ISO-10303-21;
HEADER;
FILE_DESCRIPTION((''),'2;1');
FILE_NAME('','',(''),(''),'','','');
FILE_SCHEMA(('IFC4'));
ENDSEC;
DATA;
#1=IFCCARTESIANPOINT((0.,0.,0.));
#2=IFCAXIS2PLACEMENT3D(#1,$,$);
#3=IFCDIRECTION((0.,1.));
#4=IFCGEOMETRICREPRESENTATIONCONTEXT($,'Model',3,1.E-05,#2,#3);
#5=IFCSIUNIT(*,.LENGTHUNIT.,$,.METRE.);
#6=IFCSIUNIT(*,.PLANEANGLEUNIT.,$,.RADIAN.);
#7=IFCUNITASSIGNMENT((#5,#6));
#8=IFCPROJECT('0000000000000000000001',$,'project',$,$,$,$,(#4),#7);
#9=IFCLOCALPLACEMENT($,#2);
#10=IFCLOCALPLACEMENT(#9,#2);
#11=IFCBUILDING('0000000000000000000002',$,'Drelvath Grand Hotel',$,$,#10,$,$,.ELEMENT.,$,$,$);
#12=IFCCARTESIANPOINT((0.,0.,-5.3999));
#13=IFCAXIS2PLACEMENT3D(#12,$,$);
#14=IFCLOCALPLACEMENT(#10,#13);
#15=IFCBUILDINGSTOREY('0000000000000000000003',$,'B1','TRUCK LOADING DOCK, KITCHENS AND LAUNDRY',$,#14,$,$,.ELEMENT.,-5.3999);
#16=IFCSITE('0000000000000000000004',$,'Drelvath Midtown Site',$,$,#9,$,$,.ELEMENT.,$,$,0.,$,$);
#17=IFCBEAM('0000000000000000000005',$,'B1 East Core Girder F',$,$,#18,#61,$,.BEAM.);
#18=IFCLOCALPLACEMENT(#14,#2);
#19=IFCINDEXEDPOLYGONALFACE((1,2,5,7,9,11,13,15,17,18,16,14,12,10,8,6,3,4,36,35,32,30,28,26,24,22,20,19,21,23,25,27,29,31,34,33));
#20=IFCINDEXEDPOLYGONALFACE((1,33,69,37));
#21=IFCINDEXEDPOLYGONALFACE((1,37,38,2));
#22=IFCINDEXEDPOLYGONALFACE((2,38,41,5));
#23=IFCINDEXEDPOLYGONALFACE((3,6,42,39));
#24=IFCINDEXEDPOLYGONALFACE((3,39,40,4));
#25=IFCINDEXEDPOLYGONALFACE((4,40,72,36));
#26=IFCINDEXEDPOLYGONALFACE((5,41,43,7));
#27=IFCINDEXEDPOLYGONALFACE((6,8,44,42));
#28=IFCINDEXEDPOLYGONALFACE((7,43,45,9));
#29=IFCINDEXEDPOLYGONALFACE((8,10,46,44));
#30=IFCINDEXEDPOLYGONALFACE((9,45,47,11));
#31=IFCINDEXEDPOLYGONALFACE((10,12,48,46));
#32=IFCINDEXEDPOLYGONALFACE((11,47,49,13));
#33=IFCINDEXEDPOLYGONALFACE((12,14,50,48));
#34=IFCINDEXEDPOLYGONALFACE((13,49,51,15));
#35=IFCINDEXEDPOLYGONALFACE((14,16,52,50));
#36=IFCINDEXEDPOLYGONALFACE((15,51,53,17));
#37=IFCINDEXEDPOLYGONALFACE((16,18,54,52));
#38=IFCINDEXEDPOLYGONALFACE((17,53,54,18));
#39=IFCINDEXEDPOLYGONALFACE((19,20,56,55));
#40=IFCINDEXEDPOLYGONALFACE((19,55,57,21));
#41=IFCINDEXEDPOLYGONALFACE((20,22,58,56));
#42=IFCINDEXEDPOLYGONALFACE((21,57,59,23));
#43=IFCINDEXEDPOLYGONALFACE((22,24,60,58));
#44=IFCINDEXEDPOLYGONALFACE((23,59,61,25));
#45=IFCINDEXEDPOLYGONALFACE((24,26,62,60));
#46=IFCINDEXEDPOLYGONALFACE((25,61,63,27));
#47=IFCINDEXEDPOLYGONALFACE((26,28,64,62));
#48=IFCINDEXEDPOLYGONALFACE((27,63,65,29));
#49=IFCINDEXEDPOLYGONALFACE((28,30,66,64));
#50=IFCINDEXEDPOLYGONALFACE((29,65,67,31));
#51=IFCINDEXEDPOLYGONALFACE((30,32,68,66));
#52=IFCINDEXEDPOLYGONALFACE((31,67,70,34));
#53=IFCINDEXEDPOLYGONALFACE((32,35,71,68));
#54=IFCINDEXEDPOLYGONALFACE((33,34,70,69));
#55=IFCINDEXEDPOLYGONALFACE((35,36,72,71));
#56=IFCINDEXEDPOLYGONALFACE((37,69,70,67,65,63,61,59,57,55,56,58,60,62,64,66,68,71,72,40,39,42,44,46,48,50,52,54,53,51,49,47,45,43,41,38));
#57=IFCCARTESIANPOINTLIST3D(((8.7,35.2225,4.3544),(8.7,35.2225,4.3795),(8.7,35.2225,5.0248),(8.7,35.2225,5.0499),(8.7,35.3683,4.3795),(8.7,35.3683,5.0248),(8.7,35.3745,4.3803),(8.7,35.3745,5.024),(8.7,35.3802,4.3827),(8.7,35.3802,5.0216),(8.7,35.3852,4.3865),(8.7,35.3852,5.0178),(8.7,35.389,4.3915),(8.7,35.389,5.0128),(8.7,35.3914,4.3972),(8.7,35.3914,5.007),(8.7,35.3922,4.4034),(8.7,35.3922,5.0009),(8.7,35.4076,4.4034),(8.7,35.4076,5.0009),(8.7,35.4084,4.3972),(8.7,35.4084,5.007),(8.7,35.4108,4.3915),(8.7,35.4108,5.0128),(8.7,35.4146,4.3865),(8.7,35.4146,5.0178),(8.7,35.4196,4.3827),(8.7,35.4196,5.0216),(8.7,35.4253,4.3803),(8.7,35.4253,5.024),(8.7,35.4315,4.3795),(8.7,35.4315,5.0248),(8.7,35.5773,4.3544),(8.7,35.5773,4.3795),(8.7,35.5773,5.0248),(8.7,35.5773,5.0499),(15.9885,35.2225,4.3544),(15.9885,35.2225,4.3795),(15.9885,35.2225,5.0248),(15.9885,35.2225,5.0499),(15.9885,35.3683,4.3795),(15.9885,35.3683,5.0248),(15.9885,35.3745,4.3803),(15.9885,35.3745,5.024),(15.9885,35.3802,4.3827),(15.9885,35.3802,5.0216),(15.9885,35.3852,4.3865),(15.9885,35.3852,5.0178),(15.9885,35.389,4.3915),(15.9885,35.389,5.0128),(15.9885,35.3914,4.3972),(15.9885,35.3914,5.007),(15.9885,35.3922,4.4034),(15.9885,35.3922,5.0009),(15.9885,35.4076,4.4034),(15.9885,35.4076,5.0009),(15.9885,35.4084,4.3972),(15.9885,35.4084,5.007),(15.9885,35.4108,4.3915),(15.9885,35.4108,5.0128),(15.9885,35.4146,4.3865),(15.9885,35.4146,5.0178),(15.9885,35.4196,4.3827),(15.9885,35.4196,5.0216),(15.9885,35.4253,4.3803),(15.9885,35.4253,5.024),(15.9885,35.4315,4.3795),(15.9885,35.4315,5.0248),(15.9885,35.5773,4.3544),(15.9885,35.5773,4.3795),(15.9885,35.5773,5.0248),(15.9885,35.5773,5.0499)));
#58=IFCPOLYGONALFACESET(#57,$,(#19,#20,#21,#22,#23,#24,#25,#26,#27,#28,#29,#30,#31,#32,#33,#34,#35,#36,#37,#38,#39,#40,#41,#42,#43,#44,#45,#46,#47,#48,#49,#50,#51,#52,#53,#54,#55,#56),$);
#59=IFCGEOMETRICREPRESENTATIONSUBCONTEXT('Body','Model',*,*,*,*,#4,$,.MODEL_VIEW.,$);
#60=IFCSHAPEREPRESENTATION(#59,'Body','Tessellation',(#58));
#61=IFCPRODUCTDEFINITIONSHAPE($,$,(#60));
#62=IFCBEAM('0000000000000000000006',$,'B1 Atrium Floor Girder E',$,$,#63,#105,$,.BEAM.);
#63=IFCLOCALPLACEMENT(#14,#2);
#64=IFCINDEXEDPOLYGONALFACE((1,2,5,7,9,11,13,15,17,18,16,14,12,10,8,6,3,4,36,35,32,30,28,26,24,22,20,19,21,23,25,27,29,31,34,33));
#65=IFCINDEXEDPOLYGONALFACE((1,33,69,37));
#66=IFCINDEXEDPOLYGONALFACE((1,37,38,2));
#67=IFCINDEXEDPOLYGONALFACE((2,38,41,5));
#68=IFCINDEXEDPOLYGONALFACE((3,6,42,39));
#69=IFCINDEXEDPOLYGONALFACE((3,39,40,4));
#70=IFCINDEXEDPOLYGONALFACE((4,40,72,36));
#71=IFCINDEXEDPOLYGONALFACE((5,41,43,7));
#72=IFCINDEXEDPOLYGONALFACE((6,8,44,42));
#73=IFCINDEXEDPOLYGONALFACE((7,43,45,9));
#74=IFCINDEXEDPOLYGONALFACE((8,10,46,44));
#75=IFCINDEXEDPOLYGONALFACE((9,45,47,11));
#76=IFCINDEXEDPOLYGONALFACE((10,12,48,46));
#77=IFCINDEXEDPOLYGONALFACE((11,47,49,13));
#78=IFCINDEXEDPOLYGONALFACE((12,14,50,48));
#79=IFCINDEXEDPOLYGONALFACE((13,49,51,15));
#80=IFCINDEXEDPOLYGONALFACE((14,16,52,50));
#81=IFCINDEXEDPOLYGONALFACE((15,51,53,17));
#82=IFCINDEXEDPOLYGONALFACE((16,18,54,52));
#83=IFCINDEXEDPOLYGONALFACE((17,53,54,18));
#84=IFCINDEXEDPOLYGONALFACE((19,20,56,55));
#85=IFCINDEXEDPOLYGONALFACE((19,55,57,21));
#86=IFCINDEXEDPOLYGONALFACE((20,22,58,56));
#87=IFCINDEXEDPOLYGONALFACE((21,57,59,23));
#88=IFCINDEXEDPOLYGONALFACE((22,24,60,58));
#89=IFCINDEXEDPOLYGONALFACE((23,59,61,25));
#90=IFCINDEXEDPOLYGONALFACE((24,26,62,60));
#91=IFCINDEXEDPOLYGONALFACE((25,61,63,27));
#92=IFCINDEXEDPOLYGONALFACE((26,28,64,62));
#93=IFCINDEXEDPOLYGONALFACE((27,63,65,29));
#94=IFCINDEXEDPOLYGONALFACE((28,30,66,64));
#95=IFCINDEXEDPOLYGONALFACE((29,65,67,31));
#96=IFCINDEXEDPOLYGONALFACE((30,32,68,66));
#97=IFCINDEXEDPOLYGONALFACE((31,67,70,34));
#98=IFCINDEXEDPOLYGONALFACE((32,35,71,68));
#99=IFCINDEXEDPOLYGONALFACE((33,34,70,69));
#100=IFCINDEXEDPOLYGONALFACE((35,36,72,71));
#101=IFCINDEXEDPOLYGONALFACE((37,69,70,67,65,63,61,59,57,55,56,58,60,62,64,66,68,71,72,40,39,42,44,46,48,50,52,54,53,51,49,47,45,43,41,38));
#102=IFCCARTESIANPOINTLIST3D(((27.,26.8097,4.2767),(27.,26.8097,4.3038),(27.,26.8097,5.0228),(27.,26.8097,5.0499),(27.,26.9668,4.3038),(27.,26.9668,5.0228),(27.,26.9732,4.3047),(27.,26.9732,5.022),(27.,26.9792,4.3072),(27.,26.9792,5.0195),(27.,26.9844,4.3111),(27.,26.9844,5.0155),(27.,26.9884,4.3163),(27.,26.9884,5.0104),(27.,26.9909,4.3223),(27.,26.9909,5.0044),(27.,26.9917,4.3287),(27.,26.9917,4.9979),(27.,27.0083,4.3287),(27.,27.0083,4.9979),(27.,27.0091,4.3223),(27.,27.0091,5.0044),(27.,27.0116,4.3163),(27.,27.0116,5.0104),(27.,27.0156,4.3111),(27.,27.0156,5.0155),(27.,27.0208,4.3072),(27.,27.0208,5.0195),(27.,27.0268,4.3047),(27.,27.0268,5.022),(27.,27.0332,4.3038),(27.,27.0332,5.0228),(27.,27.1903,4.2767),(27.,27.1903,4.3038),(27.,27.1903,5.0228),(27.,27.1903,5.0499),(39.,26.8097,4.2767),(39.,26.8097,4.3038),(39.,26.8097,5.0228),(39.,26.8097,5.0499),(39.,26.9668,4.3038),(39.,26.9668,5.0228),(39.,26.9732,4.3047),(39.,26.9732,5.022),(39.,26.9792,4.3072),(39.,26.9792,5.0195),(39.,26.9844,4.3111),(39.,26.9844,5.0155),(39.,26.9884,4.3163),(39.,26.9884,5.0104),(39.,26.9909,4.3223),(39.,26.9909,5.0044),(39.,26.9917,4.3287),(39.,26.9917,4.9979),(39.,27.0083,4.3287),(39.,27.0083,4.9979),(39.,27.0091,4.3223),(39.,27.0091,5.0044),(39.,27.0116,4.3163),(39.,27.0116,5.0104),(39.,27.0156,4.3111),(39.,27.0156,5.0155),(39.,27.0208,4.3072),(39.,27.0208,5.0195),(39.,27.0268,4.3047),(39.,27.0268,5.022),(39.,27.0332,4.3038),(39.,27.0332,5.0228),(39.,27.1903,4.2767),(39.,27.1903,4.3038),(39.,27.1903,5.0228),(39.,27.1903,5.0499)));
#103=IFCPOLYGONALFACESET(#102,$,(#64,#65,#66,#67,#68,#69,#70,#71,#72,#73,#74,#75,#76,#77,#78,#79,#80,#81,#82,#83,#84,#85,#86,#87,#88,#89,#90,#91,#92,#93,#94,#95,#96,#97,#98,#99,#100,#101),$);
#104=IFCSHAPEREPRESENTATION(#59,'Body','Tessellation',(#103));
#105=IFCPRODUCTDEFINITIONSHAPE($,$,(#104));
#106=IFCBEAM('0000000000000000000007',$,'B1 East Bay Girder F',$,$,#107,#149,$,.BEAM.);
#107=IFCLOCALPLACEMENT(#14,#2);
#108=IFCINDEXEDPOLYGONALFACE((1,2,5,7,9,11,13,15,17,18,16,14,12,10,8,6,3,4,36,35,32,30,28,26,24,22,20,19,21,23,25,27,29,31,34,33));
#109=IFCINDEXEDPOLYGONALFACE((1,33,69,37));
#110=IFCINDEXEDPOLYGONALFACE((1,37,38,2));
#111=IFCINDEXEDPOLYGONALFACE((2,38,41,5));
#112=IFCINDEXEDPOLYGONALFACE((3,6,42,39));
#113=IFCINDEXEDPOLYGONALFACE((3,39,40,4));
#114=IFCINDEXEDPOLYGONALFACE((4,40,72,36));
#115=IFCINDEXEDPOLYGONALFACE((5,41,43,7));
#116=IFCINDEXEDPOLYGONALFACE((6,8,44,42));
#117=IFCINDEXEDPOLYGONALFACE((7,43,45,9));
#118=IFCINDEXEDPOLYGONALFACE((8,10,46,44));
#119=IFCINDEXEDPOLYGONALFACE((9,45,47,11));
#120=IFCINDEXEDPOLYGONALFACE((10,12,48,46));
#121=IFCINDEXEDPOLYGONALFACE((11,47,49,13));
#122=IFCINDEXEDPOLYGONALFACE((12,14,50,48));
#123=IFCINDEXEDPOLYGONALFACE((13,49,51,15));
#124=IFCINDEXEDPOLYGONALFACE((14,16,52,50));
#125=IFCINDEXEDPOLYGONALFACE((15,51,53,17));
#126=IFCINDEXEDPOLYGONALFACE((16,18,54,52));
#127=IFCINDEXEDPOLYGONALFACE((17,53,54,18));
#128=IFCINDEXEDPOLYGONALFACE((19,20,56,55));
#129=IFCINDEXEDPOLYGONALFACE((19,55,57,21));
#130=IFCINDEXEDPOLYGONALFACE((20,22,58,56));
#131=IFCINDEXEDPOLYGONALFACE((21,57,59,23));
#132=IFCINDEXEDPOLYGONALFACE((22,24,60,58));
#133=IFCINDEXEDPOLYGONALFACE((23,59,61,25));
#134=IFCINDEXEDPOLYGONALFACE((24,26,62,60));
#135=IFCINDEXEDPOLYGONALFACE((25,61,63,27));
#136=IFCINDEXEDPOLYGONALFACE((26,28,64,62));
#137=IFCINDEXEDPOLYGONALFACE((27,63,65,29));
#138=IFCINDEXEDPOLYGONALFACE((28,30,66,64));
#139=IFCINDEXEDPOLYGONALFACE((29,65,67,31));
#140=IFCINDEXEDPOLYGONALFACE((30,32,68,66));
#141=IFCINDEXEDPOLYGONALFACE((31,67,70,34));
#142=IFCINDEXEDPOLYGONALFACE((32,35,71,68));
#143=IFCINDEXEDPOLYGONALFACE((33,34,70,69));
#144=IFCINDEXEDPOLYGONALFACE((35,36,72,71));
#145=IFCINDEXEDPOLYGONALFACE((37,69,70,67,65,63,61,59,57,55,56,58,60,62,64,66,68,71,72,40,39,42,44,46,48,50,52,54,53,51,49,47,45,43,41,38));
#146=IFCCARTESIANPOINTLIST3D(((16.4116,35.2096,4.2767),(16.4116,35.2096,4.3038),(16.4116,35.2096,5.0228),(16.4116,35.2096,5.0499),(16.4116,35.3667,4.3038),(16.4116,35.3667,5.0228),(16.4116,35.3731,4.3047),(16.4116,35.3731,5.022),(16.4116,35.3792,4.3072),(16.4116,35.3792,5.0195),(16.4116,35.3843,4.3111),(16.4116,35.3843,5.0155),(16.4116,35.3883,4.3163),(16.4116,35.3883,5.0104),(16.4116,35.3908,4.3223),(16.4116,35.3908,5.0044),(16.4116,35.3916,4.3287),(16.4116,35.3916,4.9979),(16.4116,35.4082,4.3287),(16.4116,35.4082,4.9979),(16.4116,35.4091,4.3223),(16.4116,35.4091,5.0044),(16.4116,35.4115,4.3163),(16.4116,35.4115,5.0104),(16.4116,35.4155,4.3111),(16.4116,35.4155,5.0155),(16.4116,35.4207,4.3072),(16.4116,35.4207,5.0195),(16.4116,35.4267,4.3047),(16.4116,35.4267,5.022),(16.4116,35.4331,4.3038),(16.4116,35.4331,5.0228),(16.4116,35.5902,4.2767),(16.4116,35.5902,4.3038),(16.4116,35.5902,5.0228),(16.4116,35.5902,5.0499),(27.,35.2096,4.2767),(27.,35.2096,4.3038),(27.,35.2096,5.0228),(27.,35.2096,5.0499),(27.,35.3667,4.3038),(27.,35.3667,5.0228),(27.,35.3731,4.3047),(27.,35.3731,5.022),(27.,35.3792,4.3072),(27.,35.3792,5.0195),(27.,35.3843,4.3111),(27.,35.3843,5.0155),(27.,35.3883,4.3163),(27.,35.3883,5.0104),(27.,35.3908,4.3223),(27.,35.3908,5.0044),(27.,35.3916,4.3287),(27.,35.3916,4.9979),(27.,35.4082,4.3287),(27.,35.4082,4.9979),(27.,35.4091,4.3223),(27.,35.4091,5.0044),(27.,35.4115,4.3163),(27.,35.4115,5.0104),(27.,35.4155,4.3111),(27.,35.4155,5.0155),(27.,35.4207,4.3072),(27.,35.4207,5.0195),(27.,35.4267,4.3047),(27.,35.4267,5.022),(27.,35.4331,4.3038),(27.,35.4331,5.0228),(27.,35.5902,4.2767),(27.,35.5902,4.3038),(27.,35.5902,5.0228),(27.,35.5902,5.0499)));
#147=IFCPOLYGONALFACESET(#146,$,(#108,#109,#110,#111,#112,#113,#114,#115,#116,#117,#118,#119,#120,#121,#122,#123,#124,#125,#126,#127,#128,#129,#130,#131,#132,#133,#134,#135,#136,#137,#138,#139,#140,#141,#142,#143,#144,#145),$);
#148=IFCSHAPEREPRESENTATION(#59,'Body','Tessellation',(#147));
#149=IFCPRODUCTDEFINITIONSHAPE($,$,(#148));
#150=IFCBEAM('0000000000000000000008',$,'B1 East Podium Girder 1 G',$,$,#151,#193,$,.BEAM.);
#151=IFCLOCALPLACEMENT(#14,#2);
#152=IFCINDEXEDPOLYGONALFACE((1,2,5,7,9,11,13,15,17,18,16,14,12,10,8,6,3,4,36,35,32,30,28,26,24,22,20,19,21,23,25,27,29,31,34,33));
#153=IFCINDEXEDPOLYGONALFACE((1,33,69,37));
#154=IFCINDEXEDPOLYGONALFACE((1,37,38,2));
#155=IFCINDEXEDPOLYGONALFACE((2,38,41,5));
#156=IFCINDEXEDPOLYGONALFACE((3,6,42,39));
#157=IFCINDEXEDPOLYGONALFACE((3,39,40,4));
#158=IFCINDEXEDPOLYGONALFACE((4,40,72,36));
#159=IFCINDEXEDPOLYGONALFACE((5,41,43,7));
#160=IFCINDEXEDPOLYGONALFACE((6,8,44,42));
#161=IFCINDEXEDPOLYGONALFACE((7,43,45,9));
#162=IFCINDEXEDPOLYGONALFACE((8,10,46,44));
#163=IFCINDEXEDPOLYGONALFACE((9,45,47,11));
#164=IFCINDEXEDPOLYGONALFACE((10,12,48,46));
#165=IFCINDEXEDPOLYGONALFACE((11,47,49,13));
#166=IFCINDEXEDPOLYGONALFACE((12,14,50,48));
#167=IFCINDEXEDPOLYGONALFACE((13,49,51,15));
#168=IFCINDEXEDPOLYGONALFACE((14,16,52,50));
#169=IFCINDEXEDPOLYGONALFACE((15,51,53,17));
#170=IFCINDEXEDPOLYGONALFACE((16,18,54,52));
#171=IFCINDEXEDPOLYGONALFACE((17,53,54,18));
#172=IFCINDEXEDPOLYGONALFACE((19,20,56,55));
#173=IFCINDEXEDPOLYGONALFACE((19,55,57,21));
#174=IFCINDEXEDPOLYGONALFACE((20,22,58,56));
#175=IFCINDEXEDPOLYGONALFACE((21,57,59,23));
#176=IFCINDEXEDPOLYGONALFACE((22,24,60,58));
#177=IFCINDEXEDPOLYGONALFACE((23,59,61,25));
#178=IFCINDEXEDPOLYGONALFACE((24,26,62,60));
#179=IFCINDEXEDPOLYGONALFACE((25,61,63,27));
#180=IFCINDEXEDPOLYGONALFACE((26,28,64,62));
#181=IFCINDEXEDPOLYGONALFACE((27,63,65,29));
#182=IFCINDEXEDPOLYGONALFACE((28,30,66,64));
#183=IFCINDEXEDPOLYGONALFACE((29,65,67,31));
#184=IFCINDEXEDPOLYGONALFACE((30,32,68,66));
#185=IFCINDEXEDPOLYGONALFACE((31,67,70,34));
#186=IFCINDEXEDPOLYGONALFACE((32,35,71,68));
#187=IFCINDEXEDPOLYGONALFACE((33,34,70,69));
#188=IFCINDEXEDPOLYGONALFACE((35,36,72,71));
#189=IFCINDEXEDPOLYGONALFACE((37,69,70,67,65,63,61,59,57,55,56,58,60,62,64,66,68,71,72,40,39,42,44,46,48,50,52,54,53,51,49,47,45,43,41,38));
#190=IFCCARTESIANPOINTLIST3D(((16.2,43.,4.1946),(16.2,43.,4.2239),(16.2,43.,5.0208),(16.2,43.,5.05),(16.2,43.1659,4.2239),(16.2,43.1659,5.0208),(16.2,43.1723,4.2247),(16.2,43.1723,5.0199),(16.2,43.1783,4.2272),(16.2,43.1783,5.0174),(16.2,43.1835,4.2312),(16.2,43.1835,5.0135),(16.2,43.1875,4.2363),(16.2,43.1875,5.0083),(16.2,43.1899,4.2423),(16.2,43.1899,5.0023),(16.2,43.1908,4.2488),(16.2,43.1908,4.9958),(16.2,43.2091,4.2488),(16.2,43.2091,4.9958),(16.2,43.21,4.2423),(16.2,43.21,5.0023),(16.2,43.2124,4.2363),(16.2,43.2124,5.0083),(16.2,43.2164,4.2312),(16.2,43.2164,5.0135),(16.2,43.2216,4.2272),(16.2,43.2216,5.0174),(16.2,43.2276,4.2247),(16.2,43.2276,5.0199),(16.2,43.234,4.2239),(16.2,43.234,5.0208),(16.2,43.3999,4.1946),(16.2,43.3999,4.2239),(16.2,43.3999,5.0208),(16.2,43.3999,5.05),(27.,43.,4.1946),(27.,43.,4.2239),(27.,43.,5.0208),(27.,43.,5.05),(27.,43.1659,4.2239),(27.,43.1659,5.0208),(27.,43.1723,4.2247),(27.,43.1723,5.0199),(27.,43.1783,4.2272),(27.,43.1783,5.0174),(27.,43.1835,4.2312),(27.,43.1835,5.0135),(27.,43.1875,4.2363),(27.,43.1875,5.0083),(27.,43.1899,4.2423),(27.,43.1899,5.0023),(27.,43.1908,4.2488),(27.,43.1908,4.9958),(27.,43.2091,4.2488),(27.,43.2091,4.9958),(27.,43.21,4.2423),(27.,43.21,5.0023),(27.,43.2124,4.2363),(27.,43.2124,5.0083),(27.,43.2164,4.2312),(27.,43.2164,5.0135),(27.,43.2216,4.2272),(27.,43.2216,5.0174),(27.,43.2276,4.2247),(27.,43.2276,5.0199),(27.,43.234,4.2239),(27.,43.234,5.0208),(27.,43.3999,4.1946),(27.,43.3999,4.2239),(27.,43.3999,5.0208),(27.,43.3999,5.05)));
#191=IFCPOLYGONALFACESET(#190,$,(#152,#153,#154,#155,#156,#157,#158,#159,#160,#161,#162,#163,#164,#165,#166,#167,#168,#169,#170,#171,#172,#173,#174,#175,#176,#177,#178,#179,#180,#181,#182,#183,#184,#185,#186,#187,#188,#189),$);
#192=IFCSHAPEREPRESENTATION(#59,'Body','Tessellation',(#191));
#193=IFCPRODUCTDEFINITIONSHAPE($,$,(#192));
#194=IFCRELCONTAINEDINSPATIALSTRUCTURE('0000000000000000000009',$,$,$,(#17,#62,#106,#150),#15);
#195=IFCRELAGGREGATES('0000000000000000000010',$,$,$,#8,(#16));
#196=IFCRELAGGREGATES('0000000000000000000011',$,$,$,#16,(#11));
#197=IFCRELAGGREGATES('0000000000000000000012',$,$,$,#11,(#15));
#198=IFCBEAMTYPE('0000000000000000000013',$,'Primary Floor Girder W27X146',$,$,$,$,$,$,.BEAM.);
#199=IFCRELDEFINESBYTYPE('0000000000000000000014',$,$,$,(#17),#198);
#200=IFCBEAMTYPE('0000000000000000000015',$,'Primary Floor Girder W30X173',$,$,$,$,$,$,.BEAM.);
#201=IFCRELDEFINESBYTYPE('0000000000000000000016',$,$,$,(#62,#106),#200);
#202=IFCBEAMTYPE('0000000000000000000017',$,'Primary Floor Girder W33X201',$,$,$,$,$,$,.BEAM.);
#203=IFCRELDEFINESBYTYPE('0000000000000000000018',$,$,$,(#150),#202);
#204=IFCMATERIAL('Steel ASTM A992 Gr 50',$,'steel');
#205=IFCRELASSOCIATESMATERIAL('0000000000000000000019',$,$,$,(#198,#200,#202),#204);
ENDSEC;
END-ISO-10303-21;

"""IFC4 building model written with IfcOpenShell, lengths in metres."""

from ifc_helpers import new_model, si_unit, direction, frame, origin, origin_2d, place, context, subcontext, project, spatial, i_section, extrude, material, material_profile, profile_set, type_object, element, save


model = new_model("IFC4")

# Units and contexts
model_context = context("Model", 3, precision=1e-05, world=origin(), true_north=direction((0.0, 1.0)))
body_context = subcontext(model_context, "Body", "Model", "MODEL_VIEW")
ifc_project = project(units=[si_unit("LENGTHUNIT", "METRE"), si_unit("PLANEANGLEUNIT", "RADIAN")], contexts=[model_context])

# Site, building, storey
site_placement = place(None, origin())
site = spatial("IfcSite", under=ifc_project, at=site_placement, Name="Drelvath Midtown Site", CompositionType="ELEMENT", RefElevation=0.0)
building_placement = place(site_placement, origin())
building = spatial("IfcBuilding", under=site, at=building_placement, Name="Drelvath Grand Hotel", CompositionType="ELEMENT")
storey_placement = place(building_placement, frame((0.0, 0.0, -5.3999)))
storey = spatial("IfcBuildingStorey", under=building, at=storey_placement, Name="B1", Description="TRUCK LOADING DOCK, KITCHENS AND LAUNDRY", CompositionType="ELEMENT", Elevation=-5.3999)

# Beams
ifc_material_1 = material(Name="Steel ASTM A992 Gr 50", Category="steel")
ifc_material_profile_1 = material_profile(ifc_material_1, i_section(OverallWidth=0.3547, OverallDepth=0.6956, WebThickness=0.0154, FlangeThickness=0.0251, FilletRadius=0.0239, at=origin_2d()), Name="W27X146")
ifc_profile_set_1 = profile_set([ifc_material_profile_1], Name="Steel ASTM A992 Gr 50")
beam_type_1 = type_object("IfcBeamType", Name="Primary Floor Girder W27X146", PredefinedType="BEAM", material=ifc_profile_set_1)
beam_1_placement = place(storey_placement, frame((8.7, 35.3999, 4.7021), z_axis=(1.0, 0.0, 0.0), x_axis=(0.0, 1.0, 0.0)))
element("IfcBeam", 1, at=beam_1_placement, inside=storey, type_object=beam_type_1, Name="B1 East Core Girder F", PredefinedType="BEAM", context=body_context, shape_type="SweptSolid", body=[
    extrude(i_section(OverallWidth=0.3547, OverallDepth=0.6956, WebThickness=0.0154, FlangeThickness=0.0251, FilletRadius=0.0239, at=origin_2d()), origin(), (0.0, 0.0, 1.0), 7.2886),
])
ifc_material_profile_2 = material_profile(ifc_material_1, i_section(OverallWidth=0.3806, OverallDepth=0.7732, WebThickness=0.0166, FlangeThickness=0.0271, FilletRadius=0.0249, at=origin_2d()), Name="W30X173")
ifc_profile_set_2 = profile_set([ifc_material_profile_2], Name="Steel ASTM A992 Gr 50")
beam_type_2 = type_object("IfcBeamType", Name="Primary Floor Girder W30X173", PredefinedType="BEAM", material=ifc_profile_set_2)
beam_2_placement = place(storey_placement, frame((27.0, 27.0, 4.6633), z_axis=(1.0, 0.0, 0.0), x_axis=(0.0, 1.0, 0.0)))
element("IfcBeam", 2, at=beam_2_placement, inside=storey, type_object=beam_type_2, Name="B1 Atrium Floor Girder E", PredefinedType="BEAM", context=body_context, shape_type="SweptSolid", body=[
    extrude(i_section(OverallWidth=0.3806, OverallDepth=0.7732, WebThickness=0.0166, FlangeThickness=0.0271, FilletRadius=0.0249, at=origin_2d()), origin(), (0.0, 0.0, 1.0), 12.0),
])
beam_3_placement = place(storey_placement, frame((16.4116, 35.3999, 4.6633), z_axis=(1.0, 0.0, 0.0), x_axis=(0.0, 1.0, 0.0)))
element("IfcBeam", 3, at=beam_3_placement, inside=storey, type_object=beam_type_2, Name="B1 East Bay Girder F", PredefinedType="BEAM", context=body_context, shape_type="SweptSolid", body=[
    extrude(i_section(OverallWidth=0.3806, OverallDepth=0.7732, WebThickness=0.0166, FlangeThickness=0.0271, FilletRadius=0.0249, at=origin_2d()), origin(), (0.0, 0.0, 1.0), 10.5884),
])
ifc_material_profile_3 = material_profile(ifc_material_1, i_section(OverallWidth=0.3999, OverallDepth=0.8555, WebThickness=0.0183, FlangeThickness=0.0293, FilletRadius=0.0249, at=origin_2d()), Name="W33X201")
ifc_profile_set_3 = profile_set([ifc_material_profile_3], Name="Steel ASTM A992 Gr 50")
beam_type_3 = type_object("IfcBeamType", Name="Primary Floor Girder W33X201", PredefinedType="BEAM", material=ifc_profile_set_3)
beam_4_placement = place(storey_placement, frame((16.2, 43.2, 4.6223), z_axis=(1.0, 0.0, 0.0), x_axis=(0.0, 1.0, 0.0)))
element("IfcBeam", 4, at=beam_4_placement, inside=storey, type_object=beam_type_3, Name="B1 East Podium Girder 1 G", PredefinedType="BEAM", context=body_context, shape_type="SweptSolid", body=[
    extrude(i_section(OverallWidth=0.3999, OverallDepth=0.8555, WebThickness=0.0183, FlangeThickness=0.0293, FilletRadius=0.0249, at=origin_2d()), origin(), (0.0, 0.0, 1.0), 10.8),
])

save(model, "model.ifc")
